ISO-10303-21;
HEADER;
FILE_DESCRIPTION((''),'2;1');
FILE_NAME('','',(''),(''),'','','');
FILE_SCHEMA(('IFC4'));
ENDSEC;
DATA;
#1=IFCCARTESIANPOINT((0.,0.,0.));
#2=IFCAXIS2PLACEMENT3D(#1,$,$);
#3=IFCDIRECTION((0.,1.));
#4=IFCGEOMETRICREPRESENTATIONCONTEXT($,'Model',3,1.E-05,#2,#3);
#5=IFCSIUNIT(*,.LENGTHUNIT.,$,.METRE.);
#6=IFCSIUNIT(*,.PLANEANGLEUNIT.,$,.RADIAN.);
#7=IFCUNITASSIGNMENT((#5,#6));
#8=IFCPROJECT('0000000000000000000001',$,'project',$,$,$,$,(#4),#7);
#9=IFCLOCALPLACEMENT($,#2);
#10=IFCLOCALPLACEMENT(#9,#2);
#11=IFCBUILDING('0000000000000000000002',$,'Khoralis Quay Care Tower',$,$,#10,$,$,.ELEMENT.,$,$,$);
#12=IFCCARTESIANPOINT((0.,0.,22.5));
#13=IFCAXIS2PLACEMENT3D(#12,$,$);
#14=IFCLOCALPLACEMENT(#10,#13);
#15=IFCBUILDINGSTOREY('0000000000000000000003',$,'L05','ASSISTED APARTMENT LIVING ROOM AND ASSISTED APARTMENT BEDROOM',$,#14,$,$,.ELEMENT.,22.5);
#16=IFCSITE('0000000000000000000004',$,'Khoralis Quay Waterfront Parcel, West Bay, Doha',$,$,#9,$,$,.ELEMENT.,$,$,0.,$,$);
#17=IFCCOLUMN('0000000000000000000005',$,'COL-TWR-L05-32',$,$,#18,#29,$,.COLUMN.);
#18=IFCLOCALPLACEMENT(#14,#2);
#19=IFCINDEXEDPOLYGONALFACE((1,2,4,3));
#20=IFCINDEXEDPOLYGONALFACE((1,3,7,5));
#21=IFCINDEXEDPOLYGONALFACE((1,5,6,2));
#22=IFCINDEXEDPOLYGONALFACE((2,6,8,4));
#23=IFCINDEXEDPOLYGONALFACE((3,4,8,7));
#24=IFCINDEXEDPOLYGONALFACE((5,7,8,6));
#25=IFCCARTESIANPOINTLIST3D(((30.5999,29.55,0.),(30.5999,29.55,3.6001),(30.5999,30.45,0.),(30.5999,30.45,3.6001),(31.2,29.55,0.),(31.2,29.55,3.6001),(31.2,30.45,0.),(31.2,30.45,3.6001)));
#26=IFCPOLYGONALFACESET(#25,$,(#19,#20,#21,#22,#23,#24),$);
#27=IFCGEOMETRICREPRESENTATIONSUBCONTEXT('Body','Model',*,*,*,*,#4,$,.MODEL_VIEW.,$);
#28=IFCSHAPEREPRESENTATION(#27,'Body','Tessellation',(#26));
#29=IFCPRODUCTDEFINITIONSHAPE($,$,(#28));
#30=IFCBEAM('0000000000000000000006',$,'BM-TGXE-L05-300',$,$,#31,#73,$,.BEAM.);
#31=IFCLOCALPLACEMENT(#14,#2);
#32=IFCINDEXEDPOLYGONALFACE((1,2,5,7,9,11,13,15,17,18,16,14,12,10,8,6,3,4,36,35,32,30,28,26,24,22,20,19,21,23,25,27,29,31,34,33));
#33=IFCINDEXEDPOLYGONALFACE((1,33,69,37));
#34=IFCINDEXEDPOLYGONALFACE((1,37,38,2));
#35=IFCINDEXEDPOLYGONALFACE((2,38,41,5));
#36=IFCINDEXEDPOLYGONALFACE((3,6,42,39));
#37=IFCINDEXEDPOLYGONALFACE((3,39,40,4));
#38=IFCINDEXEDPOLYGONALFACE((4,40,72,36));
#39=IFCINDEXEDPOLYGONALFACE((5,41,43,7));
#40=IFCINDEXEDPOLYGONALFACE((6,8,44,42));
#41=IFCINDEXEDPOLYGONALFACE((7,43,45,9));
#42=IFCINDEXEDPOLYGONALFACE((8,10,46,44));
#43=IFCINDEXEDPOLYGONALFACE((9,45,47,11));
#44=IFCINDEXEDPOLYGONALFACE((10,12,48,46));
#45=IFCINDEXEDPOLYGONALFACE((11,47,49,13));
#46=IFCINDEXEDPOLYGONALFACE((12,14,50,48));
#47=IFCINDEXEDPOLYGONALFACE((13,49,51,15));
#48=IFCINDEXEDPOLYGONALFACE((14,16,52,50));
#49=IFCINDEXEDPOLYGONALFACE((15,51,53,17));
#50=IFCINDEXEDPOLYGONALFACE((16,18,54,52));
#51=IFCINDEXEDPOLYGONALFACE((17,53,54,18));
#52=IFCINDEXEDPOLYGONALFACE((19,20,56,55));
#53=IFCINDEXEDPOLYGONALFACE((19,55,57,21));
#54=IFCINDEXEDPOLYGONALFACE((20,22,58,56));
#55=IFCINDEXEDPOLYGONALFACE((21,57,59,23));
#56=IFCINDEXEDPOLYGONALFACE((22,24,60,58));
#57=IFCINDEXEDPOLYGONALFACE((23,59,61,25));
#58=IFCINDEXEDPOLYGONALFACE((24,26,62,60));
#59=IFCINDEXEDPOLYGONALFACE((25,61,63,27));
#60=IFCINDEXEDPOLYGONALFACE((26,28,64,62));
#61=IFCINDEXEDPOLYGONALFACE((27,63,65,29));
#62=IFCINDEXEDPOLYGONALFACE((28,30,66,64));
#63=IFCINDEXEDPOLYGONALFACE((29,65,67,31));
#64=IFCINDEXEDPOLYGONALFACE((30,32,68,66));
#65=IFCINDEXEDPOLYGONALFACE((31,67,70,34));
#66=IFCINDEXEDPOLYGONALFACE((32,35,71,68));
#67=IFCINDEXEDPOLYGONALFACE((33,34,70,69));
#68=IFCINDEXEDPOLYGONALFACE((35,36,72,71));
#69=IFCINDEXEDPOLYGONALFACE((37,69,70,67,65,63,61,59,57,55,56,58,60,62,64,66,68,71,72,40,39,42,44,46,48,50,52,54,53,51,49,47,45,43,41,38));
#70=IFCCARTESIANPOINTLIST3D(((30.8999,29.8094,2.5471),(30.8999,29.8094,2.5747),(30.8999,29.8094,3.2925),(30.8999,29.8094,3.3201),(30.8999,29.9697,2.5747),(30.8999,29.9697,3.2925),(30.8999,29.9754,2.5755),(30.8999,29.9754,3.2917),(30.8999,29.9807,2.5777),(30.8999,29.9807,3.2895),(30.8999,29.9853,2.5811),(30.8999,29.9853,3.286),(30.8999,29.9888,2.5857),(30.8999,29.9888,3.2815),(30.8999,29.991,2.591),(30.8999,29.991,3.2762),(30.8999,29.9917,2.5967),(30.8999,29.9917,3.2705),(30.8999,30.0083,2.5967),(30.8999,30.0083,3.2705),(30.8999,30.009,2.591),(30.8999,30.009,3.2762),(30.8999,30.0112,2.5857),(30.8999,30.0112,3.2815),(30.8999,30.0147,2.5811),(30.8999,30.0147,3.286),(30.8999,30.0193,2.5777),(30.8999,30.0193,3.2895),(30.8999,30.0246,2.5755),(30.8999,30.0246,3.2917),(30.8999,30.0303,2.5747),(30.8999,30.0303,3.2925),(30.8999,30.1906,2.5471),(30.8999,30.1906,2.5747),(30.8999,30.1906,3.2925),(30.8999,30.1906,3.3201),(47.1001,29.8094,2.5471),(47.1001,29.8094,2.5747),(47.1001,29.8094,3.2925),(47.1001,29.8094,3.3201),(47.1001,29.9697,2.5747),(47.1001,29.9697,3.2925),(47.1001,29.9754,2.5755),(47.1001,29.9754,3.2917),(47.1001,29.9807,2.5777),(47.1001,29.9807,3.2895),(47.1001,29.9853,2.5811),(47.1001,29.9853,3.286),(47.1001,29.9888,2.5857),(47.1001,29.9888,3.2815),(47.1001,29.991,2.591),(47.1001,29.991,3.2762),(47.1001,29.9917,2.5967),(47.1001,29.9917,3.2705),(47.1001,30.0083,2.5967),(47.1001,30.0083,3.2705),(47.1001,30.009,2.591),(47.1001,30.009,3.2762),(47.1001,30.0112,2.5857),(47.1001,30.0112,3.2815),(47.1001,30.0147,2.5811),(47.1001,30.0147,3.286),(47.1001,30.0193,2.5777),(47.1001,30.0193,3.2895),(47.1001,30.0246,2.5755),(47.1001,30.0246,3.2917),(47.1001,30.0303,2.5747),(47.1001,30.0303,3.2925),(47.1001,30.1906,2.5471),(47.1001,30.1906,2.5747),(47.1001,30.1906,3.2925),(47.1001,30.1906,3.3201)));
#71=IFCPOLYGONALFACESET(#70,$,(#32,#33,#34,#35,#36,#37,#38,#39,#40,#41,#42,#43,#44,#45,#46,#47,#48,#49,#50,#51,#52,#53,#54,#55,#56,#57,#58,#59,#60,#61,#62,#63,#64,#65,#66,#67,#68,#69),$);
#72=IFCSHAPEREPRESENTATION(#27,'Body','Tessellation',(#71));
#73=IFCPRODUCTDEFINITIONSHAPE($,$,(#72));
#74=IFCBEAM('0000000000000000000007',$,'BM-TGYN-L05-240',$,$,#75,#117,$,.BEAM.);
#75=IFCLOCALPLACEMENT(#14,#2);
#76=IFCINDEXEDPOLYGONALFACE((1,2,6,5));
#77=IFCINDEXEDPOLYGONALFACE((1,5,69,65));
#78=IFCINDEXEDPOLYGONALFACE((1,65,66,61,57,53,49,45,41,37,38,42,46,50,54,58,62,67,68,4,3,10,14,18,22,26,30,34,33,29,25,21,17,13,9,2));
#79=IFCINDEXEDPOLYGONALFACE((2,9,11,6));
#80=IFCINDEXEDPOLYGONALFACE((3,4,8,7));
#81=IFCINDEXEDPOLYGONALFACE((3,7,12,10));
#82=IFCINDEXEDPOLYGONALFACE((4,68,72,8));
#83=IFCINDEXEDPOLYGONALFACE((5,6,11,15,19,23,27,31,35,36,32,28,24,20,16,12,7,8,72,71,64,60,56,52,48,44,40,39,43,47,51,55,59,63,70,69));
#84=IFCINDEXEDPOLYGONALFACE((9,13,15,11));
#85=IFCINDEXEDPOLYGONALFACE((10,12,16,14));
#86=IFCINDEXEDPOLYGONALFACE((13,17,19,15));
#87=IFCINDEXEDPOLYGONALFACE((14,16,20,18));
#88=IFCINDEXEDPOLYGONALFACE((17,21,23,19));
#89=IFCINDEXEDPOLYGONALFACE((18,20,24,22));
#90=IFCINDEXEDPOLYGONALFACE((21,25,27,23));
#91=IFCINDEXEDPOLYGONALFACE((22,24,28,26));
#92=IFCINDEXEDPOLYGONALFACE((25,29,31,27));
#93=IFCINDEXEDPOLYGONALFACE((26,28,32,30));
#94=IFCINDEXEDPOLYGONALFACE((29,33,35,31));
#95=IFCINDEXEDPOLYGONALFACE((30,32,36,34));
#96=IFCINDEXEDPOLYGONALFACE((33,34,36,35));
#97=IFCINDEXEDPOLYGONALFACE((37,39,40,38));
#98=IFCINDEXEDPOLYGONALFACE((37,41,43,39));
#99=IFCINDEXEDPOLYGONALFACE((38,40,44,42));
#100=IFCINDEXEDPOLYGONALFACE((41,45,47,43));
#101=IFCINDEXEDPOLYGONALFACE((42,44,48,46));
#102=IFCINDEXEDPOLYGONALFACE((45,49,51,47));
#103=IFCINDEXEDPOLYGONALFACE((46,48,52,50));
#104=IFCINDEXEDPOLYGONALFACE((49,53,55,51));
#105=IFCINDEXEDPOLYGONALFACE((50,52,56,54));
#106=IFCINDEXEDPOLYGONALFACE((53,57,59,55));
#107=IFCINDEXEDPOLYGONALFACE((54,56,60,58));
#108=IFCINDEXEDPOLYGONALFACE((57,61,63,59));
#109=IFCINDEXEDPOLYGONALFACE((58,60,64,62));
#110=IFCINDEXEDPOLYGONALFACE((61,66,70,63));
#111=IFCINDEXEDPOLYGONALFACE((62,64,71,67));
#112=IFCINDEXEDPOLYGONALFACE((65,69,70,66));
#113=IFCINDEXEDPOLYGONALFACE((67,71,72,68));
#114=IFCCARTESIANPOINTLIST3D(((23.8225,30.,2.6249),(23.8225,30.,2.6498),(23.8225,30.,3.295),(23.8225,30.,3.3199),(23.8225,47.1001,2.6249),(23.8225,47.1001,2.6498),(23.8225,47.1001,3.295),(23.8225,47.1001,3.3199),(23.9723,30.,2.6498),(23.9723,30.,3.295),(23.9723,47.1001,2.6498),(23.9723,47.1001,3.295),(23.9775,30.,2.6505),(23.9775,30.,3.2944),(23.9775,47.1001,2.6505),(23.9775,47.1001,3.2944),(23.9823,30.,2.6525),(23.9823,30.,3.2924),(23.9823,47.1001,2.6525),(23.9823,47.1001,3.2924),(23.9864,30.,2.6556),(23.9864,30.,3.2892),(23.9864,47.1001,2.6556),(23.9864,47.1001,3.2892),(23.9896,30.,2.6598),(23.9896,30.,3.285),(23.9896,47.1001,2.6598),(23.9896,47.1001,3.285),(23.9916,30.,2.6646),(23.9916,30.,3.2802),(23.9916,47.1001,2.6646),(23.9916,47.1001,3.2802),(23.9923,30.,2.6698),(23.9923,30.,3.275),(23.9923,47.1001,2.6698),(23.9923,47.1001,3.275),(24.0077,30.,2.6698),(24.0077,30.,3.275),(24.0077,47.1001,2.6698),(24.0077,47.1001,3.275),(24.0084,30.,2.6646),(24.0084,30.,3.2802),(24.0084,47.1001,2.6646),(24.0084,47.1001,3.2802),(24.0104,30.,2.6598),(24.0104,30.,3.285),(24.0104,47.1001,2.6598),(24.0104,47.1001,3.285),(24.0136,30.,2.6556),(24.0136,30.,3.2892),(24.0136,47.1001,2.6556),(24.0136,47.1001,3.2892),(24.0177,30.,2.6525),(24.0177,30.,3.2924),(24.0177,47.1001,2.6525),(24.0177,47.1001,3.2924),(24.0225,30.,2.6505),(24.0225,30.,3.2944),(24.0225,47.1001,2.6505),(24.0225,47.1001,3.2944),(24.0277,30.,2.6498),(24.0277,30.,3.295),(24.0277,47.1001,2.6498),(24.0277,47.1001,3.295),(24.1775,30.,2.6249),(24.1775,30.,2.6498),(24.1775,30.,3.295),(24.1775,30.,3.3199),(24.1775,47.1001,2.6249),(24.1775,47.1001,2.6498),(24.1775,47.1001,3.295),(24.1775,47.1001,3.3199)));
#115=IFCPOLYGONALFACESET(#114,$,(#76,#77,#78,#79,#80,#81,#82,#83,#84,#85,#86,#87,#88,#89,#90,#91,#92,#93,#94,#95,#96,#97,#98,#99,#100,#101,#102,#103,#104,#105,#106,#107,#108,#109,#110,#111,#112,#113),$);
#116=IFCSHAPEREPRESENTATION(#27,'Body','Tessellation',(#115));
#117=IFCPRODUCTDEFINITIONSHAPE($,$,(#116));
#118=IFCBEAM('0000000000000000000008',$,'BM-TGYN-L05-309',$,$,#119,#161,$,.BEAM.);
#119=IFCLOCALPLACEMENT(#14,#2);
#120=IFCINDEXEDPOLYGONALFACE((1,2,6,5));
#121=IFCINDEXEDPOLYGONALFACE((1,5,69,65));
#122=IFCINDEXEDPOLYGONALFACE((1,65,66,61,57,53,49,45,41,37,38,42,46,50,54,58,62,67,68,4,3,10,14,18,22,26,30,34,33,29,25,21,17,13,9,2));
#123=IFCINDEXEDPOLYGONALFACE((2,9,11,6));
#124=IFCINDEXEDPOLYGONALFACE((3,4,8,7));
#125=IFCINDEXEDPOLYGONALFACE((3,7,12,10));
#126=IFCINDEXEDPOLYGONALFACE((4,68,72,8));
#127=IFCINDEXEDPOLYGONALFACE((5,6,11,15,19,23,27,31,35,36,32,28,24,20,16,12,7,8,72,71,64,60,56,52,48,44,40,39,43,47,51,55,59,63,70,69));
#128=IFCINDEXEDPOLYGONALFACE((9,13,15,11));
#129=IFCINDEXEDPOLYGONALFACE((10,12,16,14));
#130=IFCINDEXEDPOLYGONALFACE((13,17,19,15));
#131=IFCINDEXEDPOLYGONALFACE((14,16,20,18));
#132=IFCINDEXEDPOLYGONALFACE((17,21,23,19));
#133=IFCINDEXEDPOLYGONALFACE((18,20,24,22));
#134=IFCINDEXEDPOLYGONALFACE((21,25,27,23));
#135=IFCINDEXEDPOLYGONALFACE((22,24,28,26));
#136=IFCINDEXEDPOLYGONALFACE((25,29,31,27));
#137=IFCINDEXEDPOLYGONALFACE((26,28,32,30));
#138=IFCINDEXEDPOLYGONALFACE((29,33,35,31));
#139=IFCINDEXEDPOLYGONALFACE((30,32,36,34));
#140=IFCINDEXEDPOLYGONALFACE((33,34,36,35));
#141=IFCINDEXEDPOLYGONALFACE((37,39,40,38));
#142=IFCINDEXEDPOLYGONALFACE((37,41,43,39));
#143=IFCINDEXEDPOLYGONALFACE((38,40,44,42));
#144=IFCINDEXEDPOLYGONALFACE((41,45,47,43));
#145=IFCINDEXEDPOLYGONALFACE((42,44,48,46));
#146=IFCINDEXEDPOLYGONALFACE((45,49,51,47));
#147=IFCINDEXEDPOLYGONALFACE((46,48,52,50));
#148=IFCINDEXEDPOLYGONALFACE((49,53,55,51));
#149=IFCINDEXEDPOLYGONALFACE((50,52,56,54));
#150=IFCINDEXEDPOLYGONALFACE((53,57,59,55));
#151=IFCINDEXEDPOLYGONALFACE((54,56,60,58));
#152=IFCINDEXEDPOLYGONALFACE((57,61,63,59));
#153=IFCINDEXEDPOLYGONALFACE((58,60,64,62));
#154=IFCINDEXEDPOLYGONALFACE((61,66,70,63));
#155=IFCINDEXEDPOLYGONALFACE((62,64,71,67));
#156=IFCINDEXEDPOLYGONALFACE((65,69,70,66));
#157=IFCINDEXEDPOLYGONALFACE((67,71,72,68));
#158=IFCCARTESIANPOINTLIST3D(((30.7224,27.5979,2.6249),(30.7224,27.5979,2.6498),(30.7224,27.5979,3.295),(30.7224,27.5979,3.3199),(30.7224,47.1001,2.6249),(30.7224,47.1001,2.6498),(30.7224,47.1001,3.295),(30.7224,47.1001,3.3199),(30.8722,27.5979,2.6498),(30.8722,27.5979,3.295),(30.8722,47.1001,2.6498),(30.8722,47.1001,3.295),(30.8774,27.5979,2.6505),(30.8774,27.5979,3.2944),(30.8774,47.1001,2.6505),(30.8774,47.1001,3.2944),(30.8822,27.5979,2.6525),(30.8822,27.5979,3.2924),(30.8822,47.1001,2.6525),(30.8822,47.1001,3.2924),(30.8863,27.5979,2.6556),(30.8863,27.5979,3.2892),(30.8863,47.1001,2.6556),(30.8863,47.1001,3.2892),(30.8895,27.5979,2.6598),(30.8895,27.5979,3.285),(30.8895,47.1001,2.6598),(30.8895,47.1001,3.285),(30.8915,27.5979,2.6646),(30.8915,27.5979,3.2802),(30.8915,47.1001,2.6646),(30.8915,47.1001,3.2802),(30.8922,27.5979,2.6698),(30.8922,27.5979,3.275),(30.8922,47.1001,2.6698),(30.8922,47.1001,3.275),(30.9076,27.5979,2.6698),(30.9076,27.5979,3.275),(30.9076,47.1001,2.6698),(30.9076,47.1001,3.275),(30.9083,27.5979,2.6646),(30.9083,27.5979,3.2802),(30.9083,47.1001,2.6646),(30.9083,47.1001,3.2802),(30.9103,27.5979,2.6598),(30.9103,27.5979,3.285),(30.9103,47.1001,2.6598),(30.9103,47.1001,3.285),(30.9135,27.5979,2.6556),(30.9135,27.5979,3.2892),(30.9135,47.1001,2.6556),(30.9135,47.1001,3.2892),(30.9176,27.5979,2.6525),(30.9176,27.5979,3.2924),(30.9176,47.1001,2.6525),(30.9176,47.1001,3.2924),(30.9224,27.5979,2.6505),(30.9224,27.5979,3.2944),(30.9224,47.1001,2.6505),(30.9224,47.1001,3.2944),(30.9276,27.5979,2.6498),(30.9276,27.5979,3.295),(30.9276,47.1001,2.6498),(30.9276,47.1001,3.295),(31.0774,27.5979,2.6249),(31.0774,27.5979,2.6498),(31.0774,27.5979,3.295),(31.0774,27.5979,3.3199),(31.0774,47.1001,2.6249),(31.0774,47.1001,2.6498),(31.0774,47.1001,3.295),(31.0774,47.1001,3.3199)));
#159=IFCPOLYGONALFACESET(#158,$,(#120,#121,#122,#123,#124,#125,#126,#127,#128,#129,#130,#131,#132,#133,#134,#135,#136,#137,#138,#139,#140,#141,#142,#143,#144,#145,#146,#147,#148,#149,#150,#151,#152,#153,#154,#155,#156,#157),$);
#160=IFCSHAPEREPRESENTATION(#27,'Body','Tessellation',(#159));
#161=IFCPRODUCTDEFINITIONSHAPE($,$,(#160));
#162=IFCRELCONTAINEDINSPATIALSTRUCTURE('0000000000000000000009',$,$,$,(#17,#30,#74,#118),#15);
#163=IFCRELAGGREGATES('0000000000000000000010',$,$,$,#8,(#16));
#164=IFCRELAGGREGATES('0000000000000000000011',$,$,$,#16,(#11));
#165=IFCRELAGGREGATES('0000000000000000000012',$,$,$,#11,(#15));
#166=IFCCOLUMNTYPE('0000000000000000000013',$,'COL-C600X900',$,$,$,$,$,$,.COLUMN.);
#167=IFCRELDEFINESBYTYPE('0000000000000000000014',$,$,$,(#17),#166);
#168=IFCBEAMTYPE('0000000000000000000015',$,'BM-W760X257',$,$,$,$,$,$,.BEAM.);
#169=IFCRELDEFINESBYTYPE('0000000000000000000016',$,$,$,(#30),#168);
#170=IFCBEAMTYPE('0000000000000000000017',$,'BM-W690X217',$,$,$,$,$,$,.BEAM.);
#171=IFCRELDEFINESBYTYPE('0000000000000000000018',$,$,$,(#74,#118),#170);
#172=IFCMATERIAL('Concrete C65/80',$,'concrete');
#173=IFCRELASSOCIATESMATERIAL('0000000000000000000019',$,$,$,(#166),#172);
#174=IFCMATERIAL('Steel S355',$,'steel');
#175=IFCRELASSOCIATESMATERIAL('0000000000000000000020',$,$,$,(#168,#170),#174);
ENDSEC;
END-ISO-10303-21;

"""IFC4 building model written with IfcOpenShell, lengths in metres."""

from ifc_helpers import new_model, si_unit, direction, frame, origin, origin_2d, place, context, subcontext, project, spatial, rectangle, i_section, extrude, source, transform, mapped, material, material_profile, profile_set, type_object, element, save


model = new_model("IFC4")

# Units and contexts
model_context = context("Model", 3, precision=1e-05, world=origin(), true_north=direction((0.0, 1.0)))
body_context = subcontext(model_context, "Body", "Model", "MODEL_VIEW")
ifc_project = project(units=[si_unit("LENGTHUNIT", "METRE"), si_unit("PLANEANGLEUNIT", "RADIAN")], contexts=[model_context])

# Site, building, storey
site_placement = place(None, origin())
site = spatial("IfcSite", under=ifc_project, at=site_placement, Name="Khoralis Quay Waterfront Parcel, West Bay, Doha", CompositionType="ELEMENT", RefElevation=0.0)
building_placement = place(site_placement, origin())
building = spatial("IfcBuilding", under=site, at=building_placement, Name="Khoralis Quay Care Tower", CompositionType="ELEMENT")
storey_placement = place(building_placement, frame((0.0, 0.0, 22.5)))
storey = spatial("IfcBuildingStorey", under=building, at=storey_placement, Name="L05", Description="ASSISTED APARTMENT LIVING ROOM AND ASSISTED APARTMENT BEDROOM", CompositionType="ELEMENT", Elevation=22.5)

# Column
ifc_material_1 = material(Name="Concrete C65/80", Category="concrete")
ifc_material_profile_1 = material_profile(ifc_material_1, rectangle(XDim=0.6001, YDim=0.8999, at=origin_2d()), Name="Concrete C65/80")
ifc_profile_set_1 = profile_set([ifc_material_profile_1], Name="Concrete C65/80")
column_type = type_object("IfcColumnType", Name="COL-C600X900", PredefinedType="COLUMN", material=ifc_profile_set_1)
shared_shape_1 = source(origin(), body_context, "Body", "SweptSolid", [
    extrude(rectangle(XDim=0.6001, YDim=0.8999, at=origin_2d()), origin(), (0.0, 0.0, 1.0), 3.6001),
])
column_placement = place(storey_placement, frame((30.8999, 30.0, 0.0), z_axis=(0.0, 0.0, 1.0), x_axis=(1.0, 0.0, 0.0)))
element("IfcColumn", 1, at=column_placement, inside=storey, type_object=column_type, Name="COL-TWR-L05-32", PredefinedType="COLUMN", context=body_context, shape_type="MappedRepresentation", body=[
    mapped(shared_shape_1, transform((0.0, 0.0, 0.0), scale=1.0)),
])

# Beams
ifc_material_2 = material(Name="Steel S355", Category="steel")
ifc_material_profile_2 = material_profile(ifc_material_2, i_section(OverallWidth=0.3811, OverallDepth=0.7729, WebThickness=0.0166, FlangeThickness=0.0276, FilletRadius=0.022, at=origin_2d()), Name="Steel S355")
ifc_profile_set_2 = profile_set([ifc_material_profile_2], Name="Steel S355")
beam_type_1 = type_object("IfcBeamType", Name="BM-W760X257", PredefinedType="BEAM", material=ifc_profile_set_2)
shared_shape_2 = source(origin(), body_context, "Body", "SweptSolid", [
    extrude(i_section(OverallWidth=0.3811, OverallDepth=0.7729, WebThickness=0.0166, FlangeThickness=0.0276, FilletRadius=0.022, at=origin_2d()), origin(), (0.0, 0.0, 1.0), 16.2002),
])
beam_1_placement = place(storey_placement, frame((30.8999, 30.0, 2.9336), z_axis=(1.0, 0.0, 0.0), x_axis=(0.0, 1.0, 0.0)))
element("IfcBeam", 2, at=beam_1_placement, inside=storey, type_object=beam_type_1, Name="BM-TGXE-L05-300", PredefinedType="BEAM", context=body_context, shape_type="MappedRepresentation", body=[
    mapped(shared_shape_2, transform((0.0, 0.0, 0.0), scale=1.0)),
])
ifc_material_profile_3 = material_profile(ifc_material_2, i_section(OverallWidth=0.355, OverallDepth=0.6951, WebThickness=0.0154, FlangeThickness=0.0249, FilletRadius=0.02, at=origin_2d()), Name="Steel S355")
ifc_profile_set_3 = profile_set([ifc_material_profile_3], Name="Steel S355")
beam_type_2 = type_object("IfcBeamType", Name="BM-W690X217", PredefinedType="BEAM", material=ifc_profile_set_3)
shared_shape_3 = source(origin(), body_context, "Body", "SweptSolid", [
    extrude(i_section(OverallWidth=0.355, OverallDepth=0.6951, WebThickness=0.0154, FlangeThickness=0.0249, FilletRadius=0.02, at=origin_2d()), origin(), (0.0, 0.0, 1.0), 17.1001),
])
beam_2_placement = place(storey_placement, frame((24.0, 30.0, 2.9724), z_axis=(0.0, 1.0, 0.0), x_axis=(-1.0, 0.0, 0.0)))
element("IfcBeam", 3, at=beam_2_placement, inside=storey, type_object=beam_type_2, Name="BM-TGYN-L05-240", PredefinedType="BEAM", context=body_context, shape_type="MappedRepresentation", body=[
    mapped(shared_shape_3, transform((0.0, 0.0, 0.0), scale=1.0)),
])
shared_shape_4 = source(origin(), body_context, "Body", "SweptSolid", [
    extrude(i_section(OverallWidth=0.355, OverallDepth=0.6951, WebThickness=0.0154, FlangeThickness=0.0249, FilletRadius=0.02, at=origin_2d()), origin(), (0.0, 0.0, 1.0), 19.5022),
])
for number, where, z_axis, x_axis, name in (
    (4, (30.8999, 27.5979, 2.9724), (0.0, 1.0, 0.0), (-1.0, 0.0, 0.0), "BM-TGYN-L05-309"),
):
    element("IfcBeam", number, at=place(storey_placement, frame(where, z_axis=z_axis, x_axis=x_axis)), inside=storey, type_object=beam_type_2, Name=name, PredefinedType="BEAM", context=body_context, shape_type="MappedRepresentation", body=[
        mapped(shared_shape_4, transform((0.0, 0.0, 0.0), scale=1.0)),
    ])

save(model, "model.ifc")
